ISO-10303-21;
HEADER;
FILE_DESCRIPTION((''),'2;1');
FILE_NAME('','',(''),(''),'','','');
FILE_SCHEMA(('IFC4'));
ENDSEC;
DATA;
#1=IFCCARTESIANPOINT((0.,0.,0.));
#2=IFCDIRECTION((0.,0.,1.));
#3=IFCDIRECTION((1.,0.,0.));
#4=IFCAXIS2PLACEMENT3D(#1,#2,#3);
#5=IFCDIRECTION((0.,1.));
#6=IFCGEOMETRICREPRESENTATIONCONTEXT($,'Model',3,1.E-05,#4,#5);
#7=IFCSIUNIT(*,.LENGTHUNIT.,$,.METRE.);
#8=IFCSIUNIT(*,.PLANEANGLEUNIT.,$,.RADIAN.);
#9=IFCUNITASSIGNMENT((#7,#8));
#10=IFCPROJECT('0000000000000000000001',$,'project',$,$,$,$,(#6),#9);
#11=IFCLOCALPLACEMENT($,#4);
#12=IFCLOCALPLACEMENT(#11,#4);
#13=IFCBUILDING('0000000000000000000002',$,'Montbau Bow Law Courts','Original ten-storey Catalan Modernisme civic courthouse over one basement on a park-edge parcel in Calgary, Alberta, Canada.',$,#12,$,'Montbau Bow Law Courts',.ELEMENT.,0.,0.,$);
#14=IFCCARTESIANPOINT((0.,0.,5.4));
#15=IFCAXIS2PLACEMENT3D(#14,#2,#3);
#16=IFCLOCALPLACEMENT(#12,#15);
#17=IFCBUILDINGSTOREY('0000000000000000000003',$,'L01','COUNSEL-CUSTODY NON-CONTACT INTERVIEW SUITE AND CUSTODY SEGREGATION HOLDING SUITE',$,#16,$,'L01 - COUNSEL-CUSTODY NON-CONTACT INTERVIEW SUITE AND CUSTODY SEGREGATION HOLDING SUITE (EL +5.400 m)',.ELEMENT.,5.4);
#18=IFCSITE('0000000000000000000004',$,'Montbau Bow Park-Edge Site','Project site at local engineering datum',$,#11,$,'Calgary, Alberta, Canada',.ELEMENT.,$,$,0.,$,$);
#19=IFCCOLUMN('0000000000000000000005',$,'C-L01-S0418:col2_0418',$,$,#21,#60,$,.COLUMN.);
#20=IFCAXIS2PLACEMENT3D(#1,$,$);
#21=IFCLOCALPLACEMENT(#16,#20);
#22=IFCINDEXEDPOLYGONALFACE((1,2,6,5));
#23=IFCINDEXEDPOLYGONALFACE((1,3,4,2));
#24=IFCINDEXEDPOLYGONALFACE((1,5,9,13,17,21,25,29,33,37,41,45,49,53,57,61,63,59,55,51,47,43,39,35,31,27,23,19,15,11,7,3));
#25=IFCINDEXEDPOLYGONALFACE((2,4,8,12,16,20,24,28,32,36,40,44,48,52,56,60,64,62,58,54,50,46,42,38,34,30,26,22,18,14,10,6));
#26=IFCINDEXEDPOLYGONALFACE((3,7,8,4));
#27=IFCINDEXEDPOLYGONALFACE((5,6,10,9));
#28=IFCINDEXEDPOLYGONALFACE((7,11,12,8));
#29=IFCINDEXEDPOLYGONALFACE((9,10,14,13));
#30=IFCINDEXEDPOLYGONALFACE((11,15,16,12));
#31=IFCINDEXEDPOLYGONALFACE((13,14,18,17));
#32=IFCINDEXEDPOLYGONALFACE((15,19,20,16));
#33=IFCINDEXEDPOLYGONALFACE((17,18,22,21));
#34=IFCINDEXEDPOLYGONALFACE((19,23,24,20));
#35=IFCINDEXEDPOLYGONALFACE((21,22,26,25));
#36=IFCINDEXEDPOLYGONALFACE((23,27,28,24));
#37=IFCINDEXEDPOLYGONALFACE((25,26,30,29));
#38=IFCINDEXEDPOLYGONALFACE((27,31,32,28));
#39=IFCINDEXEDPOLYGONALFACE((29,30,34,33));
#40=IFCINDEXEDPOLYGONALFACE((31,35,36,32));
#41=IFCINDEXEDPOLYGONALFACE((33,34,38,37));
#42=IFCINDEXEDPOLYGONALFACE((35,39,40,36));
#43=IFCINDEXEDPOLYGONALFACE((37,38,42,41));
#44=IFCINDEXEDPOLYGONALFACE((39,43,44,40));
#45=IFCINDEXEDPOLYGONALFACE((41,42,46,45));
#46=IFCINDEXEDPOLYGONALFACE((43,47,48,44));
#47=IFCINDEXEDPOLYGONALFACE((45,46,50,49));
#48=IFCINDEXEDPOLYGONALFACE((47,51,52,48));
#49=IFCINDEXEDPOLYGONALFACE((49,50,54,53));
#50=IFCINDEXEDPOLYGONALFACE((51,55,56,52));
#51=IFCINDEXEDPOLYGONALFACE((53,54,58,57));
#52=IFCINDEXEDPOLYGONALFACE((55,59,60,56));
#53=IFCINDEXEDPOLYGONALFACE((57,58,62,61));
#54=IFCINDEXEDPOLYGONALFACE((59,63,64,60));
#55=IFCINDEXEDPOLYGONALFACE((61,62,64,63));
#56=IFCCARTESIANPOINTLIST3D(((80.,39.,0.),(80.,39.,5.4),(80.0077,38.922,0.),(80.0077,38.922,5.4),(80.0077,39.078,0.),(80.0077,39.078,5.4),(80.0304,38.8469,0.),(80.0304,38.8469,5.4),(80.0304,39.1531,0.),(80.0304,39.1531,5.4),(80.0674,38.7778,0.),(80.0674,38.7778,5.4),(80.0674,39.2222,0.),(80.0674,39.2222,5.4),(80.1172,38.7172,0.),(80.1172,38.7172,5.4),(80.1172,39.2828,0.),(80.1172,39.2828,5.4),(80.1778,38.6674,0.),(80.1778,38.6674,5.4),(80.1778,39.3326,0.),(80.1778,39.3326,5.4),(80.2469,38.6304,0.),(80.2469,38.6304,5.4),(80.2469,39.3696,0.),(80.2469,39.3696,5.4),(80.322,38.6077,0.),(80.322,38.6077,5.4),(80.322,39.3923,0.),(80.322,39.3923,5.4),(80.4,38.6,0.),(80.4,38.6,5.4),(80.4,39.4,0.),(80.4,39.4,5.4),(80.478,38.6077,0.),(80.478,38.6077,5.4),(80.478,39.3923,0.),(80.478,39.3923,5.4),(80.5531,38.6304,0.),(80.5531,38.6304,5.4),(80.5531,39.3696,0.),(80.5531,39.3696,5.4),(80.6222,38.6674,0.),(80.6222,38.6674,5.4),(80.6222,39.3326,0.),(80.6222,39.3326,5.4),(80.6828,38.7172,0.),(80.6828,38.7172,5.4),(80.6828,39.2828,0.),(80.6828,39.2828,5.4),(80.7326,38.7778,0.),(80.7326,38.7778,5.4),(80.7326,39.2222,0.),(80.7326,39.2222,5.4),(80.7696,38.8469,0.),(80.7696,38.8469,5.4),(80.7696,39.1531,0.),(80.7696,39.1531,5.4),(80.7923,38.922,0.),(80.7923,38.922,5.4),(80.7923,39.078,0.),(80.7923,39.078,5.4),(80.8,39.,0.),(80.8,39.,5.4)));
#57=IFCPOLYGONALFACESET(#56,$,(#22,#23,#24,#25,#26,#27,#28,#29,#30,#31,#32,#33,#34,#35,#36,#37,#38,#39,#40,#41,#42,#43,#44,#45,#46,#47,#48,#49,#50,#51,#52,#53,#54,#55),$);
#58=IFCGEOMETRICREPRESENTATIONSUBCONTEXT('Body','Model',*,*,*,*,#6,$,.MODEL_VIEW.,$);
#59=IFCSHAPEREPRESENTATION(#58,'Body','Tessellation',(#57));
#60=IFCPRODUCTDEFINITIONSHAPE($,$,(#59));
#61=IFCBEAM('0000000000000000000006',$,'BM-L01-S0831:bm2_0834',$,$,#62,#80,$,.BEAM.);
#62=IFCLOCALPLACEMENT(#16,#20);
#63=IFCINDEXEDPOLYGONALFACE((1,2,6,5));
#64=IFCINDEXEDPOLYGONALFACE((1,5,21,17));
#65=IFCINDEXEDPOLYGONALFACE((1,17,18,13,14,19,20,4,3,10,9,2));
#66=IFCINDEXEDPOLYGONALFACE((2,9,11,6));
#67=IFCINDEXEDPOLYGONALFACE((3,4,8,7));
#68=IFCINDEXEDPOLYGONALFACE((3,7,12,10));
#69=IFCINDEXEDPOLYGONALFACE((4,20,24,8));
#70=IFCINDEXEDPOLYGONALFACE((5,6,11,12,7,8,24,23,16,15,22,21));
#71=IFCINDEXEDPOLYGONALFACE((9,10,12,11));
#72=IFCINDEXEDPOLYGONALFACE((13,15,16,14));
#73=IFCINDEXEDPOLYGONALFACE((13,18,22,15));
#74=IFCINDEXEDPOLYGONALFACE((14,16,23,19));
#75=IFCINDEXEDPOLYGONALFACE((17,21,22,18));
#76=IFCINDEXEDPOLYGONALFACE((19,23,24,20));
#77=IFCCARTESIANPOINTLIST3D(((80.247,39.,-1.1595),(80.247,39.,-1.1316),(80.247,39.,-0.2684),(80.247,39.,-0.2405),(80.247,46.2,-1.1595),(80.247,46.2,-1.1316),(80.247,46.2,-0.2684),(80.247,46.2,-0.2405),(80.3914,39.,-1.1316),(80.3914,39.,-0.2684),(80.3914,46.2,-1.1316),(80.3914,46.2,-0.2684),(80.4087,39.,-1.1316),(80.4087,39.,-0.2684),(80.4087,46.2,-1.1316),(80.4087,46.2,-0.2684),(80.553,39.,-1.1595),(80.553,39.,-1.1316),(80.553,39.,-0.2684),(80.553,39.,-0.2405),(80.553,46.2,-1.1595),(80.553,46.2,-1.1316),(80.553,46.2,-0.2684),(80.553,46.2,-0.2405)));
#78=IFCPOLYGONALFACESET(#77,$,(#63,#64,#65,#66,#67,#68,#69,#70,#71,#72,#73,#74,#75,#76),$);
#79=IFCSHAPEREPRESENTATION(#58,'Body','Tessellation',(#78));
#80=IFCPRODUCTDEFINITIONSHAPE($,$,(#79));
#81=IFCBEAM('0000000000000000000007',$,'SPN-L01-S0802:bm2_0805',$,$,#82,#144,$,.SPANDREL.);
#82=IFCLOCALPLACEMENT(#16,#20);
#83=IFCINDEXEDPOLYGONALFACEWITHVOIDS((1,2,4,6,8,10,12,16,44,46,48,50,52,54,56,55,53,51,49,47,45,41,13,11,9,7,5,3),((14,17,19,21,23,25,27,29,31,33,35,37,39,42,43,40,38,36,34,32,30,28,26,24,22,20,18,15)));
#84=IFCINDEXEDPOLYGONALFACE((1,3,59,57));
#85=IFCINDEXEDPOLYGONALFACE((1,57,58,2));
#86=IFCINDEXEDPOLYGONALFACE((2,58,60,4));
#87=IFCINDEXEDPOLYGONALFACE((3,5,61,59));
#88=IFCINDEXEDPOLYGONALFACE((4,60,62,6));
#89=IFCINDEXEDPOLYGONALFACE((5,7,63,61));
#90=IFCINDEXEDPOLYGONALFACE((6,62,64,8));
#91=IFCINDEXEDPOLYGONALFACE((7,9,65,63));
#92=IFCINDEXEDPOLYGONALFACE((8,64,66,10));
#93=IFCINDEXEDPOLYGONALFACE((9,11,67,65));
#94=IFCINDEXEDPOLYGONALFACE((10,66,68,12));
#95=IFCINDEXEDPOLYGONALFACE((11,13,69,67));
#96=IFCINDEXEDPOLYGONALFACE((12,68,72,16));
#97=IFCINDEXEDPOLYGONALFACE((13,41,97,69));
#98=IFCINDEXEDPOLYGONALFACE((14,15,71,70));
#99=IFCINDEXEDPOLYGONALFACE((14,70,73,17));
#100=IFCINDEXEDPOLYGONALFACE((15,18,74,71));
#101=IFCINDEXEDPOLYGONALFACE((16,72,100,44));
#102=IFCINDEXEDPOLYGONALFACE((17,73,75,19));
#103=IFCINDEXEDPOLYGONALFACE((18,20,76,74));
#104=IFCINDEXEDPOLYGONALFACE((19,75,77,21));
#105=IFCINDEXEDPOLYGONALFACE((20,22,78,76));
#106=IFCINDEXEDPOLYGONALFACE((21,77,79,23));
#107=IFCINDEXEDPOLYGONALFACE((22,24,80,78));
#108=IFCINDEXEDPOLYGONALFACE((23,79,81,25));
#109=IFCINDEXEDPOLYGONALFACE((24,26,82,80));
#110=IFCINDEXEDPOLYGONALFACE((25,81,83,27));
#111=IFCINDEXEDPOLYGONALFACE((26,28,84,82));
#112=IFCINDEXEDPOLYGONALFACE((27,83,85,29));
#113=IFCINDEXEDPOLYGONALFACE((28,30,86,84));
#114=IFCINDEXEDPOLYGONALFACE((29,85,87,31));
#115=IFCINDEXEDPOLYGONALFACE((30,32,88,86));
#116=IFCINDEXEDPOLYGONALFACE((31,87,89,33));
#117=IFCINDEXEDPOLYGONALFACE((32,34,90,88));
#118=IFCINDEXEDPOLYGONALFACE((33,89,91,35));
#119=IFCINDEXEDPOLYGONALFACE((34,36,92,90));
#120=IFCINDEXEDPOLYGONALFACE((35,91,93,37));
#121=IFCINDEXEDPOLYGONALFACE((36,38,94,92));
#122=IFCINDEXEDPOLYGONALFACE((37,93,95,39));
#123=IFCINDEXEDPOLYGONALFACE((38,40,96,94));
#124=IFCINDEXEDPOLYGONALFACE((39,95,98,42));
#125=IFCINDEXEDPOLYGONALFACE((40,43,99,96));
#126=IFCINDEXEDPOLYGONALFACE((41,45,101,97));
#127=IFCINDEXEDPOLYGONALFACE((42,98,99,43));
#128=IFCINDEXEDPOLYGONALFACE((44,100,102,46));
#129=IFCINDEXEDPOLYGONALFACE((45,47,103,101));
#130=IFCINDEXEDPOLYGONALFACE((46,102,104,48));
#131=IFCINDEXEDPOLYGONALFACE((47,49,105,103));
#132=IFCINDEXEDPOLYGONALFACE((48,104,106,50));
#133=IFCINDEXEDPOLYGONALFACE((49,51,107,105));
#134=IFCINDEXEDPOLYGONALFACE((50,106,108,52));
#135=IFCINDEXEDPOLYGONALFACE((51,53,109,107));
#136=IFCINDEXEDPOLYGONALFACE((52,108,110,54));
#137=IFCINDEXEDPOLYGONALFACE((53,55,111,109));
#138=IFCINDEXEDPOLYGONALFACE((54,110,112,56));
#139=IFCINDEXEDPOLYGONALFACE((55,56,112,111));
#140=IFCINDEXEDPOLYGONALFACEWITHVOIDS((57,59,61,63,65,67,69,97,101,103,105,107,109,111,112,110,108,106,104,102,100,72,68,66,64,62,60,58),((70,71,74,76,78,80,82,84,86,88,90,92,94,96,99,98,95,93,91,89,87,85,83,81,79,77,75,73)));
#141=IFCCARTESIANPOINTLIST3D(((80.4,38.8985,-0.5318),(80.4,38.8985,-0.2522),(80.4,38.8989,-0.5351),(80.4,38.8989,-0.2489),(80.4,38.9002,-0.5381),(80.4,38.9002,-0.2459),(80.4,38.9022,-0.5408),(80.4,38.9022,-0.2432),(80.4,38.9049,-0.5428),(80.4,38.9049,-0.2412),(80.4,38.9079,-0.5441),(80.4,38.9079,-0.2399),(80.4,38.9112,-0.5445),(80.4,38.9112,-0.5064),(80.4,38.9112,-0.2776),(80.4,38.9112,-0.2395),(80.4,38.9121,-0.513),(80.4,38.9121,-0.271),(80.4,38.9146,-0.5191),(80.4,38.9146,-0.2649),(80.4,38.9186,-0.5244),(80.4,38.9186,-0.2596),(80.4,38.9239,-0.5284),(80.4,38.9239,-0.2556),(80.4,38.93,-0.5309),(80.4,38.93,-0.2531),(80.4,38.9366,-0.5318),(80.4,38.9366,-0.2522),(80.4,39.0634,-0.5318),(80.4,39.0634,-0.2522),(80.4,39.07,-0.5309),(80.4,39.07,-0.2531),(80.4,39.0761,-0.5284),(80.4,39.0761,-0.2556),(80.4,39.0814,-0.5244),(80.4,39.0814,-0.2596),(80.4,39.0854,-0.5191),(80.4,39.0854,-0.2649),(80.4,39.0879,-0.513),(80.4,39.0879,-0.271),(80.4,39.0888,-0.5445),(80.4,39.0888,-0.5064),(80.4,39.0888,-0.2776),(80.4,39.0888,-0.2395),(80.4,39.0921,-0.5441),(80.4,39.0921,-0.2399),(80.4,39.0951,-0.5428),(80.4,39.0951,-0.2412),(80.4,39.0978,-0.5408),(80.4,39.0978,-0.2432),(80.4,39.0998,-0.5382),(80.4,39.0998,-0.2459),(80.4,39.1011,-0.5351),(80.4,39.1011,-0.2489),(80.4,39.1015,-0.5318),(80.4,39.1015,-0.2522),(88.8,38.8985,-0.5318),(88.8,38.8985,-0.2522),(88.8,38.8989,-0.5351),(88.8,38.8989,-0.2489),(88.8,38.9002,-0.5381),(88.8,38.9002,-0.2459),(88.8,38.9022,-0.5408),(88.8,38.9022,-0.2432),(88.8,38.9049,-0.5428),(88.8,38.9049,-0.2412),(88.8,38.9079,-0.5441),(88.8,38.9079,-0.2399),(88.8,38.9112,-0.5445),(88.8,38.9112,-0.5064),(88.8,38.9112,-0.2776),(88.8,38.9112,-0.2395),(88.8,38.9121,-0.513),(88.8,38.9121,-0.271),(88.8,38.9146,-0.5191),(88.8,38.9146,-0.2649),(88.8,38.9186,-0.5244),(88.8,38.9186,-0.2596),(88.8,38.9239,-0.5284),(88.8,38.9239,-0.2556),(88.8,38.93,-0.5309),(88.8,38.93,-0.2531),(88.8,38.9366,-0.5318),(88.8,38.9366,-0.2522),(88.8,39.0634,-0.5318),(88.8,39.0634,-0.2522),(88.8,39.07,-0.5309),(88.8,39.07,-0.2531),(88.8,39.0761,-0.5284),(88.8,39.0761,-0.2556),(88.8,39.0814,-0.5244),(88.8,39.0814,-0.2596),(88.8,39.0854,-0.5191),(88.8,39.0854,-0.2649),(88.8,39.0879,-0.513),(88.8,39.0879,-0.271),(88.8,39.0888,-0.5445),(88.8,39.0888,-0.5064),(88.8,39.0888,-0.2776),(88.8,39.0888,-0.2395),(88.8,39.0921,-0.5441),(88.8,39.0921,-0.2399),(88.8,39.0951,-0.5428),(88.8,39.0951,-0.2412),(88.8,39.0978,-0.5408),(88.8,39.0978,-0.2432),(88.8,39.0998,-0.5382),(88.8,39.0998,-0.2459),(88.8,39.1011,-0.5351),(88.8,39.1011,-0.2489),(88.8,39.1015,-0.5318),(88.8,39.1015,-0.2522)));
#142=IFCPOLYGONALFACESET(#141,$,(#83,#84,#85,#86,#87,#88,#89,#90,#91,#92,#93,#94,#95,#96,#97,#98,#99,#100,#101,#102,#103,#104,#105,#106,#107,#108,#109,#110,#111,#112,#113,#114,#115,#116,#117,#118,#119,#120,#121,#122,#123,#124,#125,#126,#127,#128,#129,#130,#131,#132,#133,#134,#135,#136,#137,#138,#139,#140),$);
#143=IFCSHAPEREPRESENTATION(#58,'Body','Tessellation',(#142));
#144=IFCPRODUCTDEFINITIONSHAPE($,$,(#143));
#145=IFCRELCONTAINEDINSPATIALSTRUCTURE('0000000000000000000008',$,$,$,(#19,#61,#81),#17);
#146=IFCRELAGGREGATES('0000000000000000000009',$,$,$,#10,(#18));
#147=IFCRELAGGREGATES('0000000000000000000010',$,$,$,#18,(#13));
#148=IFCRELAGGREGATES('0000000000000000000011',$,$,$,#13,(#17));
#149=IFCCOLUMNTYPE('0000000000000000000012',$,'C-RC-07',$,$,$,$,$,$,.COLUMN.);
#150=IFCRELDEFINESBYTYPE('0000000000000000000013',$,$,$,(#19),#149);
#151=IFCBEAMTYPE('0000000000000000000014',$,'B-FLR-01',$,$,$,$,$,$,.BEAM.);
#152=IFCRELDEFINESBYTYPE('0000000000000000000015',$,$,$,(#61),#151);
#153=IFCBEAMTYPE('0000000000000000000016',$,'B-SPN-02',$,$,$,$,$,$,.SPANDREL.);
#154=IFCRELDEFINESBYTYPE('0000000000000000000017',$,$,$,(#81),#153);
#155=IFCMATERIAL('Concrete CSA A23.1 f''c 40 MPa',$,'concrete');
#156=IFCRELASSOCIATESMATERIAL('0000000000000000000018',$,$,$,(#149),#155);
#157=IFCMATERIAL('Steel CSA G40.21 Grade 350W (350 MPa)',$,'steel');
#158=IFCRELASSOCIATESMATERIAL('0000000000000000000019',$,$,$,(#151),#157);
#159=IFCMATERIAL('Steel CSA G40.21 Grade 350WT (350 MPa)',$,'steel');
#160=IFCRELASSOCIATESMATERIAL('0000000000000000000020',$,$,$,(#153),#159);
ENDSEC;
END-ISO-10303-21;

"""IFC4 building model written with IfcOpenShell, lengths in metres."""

from ifc_helpers import new_model, si_unit, direction, frame, origin_with_axes, origin_2d_with_axis, place, context, subcontext, project, spatial, hollow_rectangle, circle, i_section, extrude, material, material_profile, profile_set, type_object, element, save


model = new_model("IFC4")

# Units and contexts
model_context = context("Model", 3, precision=1e-05, world=origin_with_axes(), true_north=direction((0.0, 1.0)))
body_context = subcontext(model_context, "Body", "Model", "MODEL_VIEW")
ifc_project = project(units=[si_unit("LENGTHUNIT", "METRE"), si_unit("PLANEANGLEUNIT", "RADIAN")], contexts=[model_context])

# Site, building, storey
site_placement = place(None, origin_with_axes())
site = spatial("IfcSite", under=ifc_project, at=site_placement, Name="Montbau Bow Park-Edge Site", Description="Project site at local engineering datum", LongName="Calgary, Alberta, Canada", CompositionType="ELEMENT", RefElevation=0.0)
building_placement = place(site_placement, origin_with_axes())
building = spatial("IfcBuilding", under=site, at=building_placement, Name="Montbau Bow Law Courts", Description="Original ten-storey Catalan Modernisme civic courthouse over one basement on a park-edge parcel in Calgary, Alberta, Canada.", LongName="Montbau Bow Law Courts", CompositionType="ELEMENT", ElevationOfRefHeight=0.0, ElevationOfTerrain=0.0)
storey_placement = place(building_placement, frame((0.0, 0.0, 5.4), z_axis=(0.0, 0.0, 1.0), x_axis=(1.0, 0.0, 0.0)))
storey = spatial("IfcBuildingStorey", under=building, at=storey_placement, Name="L01", Description="COUNSEL-CUSTODY NON-CONTACT INTERVIEW SUITE AND CUSTODY SEGREGATION HOLDING SUITE", LongName="L01 - COUNSEL-CUSTODY NON-CONTACT INTERVIEW SUITE AND CUSTODY SEGREGATION HOLDING SUITE (EL +5.400 m)", CompositionType="ELEMENT", Elevation=5.4)

# Column
ifc_material_1 = material(Name="Concrete CSA A23.1 f'c 40 MPa", Category="concrete")
ifc_material_profile_1 = material_profile(ifc_material_1, circle(Radius=0.4, at=origin_2d_with_axis()), Name="RC800D", Category="Main", Priority=0)
ifc_profile_set_1 = profile_set([ifc_material_profile_1], Name="Concrete CSA A23.1 f'c 40 MPa")
column_type = type_object("IfcColumnType", Name="C-RC-07", PredefinedType="COLUMN", material=ifc_profile_set_1)
column_placement = place(None, frame((80.4, 39.0, 5.4), z_axis=(0.0, 0.0, 1.0), x_axis=(1.0, 0.0, 0.0)))
element("IfcColumn", 1, at=column_placement, inside=storey, type_object=column_type, Name="C-L01-S0418:col2_0418", PredefinedType="COLUMN", context=body_context, shape_type="SweptSolid", body=[
    extrude(circle(Radius=0.4, at=origin_2d_with_axis()), origin_with_axes(), (0.0, 0.0, 1.0), 5.4),
])

# Beams
ifc_material_2 = material(Name="Steel CSA G40.21 Grade 350W (350 MPa)", Category="steel")
ifc_material_profile_2 = material_profile(ifc_material_2, i_section(OverallWidth=0.306, OverallDepth=0.919, WebThickness=0.0173, FlangeThickness=0.0279, at=origin_2d_with_axis()), Name="W920X253", Category="Main", Priority=0)
ifc_profile_set_2 = profile_set([ifc_material_profile_2], Name="Steel CSA G40.21 Grade 350W (350 MPa)")
beam_type_1 = type_object("IfcBeamType", Name="B-FLR-01", PredefinedType="BEAM", material=ifc_profile_set_2)
beam_1_placement = place(None, frame((80.4, 39.0, 4.7), z_axis=(0.0, 1.0, 0.0), x_axis=(-1.0, 0.0, 0.0)))
element("IfcBeam", 2, at=beam_1_placement, inside=storey, type_object=beam_type_1, Name="BM-L01-S0831:bm2_0834", PredefinedType="BEAM", context=body_context, shape_type="SweptSolid", body=[
    extrude(i_section(OverallWidth=0.306, OverallDepth=0.919, WebThickness=0.0173, FlangeThickness=0.0279, at=origin_2d_with_axis()), origin_with_axes(), (0.0, 0.0, 1.0), 7.2),
])
ifc_material_3 = material(Name="Steel CSA G40.21 Grade 350WT (350 MPa)", Category="steel")
ifc_material_profile_3 = material_profile(ifc_material_3, hollow_rectangle(XDim=0.203, YDim=0.305, WallThickness=0.0127, InnerFilletRadius=0.0254, OuterFilletRadius=0.0127, at=origin_2d_with_axis()), Name="HSS305X203X13", Category="Main", Priority=0)
ifc_profile_set_3 = profile_set([ifc_material_profile_3], Name="Steel CSA G40.21 Grade 350WT (350 MPa)")
beam_type_2 = type_object("IfcBeamType", Name="B-SPN-02", PredefinedType="SPANDREL", material=ifc_profile_set_3)
beam_2_placement = place(None, frame((80.4, 39.0, 5.008), z_axis=(1.0, 0.0, 0.0), x_axis=(0.0, 1.0, 0.0)))
element("IfcBeam", 3, at=beam_2_placement, inside=storey, type_object=beam_type_2, Name="SPN-L01-S0802:bm2_0805", PredefinedType="SPANDREL", context=body_context, shape_type="SweptSolid", body=[
    extrude(hollow_rectangle(XDim=0.203, YDim=0.305, WallThickness=0.0127, InnerFilletRadius=0.0254, OuterFilletRadius=0.0127, at=origin_2d_with_axis()), origin_with_axes(), (0.0, 0.0, 1.0), 8.4),
])

save(model, "model.ifc")
